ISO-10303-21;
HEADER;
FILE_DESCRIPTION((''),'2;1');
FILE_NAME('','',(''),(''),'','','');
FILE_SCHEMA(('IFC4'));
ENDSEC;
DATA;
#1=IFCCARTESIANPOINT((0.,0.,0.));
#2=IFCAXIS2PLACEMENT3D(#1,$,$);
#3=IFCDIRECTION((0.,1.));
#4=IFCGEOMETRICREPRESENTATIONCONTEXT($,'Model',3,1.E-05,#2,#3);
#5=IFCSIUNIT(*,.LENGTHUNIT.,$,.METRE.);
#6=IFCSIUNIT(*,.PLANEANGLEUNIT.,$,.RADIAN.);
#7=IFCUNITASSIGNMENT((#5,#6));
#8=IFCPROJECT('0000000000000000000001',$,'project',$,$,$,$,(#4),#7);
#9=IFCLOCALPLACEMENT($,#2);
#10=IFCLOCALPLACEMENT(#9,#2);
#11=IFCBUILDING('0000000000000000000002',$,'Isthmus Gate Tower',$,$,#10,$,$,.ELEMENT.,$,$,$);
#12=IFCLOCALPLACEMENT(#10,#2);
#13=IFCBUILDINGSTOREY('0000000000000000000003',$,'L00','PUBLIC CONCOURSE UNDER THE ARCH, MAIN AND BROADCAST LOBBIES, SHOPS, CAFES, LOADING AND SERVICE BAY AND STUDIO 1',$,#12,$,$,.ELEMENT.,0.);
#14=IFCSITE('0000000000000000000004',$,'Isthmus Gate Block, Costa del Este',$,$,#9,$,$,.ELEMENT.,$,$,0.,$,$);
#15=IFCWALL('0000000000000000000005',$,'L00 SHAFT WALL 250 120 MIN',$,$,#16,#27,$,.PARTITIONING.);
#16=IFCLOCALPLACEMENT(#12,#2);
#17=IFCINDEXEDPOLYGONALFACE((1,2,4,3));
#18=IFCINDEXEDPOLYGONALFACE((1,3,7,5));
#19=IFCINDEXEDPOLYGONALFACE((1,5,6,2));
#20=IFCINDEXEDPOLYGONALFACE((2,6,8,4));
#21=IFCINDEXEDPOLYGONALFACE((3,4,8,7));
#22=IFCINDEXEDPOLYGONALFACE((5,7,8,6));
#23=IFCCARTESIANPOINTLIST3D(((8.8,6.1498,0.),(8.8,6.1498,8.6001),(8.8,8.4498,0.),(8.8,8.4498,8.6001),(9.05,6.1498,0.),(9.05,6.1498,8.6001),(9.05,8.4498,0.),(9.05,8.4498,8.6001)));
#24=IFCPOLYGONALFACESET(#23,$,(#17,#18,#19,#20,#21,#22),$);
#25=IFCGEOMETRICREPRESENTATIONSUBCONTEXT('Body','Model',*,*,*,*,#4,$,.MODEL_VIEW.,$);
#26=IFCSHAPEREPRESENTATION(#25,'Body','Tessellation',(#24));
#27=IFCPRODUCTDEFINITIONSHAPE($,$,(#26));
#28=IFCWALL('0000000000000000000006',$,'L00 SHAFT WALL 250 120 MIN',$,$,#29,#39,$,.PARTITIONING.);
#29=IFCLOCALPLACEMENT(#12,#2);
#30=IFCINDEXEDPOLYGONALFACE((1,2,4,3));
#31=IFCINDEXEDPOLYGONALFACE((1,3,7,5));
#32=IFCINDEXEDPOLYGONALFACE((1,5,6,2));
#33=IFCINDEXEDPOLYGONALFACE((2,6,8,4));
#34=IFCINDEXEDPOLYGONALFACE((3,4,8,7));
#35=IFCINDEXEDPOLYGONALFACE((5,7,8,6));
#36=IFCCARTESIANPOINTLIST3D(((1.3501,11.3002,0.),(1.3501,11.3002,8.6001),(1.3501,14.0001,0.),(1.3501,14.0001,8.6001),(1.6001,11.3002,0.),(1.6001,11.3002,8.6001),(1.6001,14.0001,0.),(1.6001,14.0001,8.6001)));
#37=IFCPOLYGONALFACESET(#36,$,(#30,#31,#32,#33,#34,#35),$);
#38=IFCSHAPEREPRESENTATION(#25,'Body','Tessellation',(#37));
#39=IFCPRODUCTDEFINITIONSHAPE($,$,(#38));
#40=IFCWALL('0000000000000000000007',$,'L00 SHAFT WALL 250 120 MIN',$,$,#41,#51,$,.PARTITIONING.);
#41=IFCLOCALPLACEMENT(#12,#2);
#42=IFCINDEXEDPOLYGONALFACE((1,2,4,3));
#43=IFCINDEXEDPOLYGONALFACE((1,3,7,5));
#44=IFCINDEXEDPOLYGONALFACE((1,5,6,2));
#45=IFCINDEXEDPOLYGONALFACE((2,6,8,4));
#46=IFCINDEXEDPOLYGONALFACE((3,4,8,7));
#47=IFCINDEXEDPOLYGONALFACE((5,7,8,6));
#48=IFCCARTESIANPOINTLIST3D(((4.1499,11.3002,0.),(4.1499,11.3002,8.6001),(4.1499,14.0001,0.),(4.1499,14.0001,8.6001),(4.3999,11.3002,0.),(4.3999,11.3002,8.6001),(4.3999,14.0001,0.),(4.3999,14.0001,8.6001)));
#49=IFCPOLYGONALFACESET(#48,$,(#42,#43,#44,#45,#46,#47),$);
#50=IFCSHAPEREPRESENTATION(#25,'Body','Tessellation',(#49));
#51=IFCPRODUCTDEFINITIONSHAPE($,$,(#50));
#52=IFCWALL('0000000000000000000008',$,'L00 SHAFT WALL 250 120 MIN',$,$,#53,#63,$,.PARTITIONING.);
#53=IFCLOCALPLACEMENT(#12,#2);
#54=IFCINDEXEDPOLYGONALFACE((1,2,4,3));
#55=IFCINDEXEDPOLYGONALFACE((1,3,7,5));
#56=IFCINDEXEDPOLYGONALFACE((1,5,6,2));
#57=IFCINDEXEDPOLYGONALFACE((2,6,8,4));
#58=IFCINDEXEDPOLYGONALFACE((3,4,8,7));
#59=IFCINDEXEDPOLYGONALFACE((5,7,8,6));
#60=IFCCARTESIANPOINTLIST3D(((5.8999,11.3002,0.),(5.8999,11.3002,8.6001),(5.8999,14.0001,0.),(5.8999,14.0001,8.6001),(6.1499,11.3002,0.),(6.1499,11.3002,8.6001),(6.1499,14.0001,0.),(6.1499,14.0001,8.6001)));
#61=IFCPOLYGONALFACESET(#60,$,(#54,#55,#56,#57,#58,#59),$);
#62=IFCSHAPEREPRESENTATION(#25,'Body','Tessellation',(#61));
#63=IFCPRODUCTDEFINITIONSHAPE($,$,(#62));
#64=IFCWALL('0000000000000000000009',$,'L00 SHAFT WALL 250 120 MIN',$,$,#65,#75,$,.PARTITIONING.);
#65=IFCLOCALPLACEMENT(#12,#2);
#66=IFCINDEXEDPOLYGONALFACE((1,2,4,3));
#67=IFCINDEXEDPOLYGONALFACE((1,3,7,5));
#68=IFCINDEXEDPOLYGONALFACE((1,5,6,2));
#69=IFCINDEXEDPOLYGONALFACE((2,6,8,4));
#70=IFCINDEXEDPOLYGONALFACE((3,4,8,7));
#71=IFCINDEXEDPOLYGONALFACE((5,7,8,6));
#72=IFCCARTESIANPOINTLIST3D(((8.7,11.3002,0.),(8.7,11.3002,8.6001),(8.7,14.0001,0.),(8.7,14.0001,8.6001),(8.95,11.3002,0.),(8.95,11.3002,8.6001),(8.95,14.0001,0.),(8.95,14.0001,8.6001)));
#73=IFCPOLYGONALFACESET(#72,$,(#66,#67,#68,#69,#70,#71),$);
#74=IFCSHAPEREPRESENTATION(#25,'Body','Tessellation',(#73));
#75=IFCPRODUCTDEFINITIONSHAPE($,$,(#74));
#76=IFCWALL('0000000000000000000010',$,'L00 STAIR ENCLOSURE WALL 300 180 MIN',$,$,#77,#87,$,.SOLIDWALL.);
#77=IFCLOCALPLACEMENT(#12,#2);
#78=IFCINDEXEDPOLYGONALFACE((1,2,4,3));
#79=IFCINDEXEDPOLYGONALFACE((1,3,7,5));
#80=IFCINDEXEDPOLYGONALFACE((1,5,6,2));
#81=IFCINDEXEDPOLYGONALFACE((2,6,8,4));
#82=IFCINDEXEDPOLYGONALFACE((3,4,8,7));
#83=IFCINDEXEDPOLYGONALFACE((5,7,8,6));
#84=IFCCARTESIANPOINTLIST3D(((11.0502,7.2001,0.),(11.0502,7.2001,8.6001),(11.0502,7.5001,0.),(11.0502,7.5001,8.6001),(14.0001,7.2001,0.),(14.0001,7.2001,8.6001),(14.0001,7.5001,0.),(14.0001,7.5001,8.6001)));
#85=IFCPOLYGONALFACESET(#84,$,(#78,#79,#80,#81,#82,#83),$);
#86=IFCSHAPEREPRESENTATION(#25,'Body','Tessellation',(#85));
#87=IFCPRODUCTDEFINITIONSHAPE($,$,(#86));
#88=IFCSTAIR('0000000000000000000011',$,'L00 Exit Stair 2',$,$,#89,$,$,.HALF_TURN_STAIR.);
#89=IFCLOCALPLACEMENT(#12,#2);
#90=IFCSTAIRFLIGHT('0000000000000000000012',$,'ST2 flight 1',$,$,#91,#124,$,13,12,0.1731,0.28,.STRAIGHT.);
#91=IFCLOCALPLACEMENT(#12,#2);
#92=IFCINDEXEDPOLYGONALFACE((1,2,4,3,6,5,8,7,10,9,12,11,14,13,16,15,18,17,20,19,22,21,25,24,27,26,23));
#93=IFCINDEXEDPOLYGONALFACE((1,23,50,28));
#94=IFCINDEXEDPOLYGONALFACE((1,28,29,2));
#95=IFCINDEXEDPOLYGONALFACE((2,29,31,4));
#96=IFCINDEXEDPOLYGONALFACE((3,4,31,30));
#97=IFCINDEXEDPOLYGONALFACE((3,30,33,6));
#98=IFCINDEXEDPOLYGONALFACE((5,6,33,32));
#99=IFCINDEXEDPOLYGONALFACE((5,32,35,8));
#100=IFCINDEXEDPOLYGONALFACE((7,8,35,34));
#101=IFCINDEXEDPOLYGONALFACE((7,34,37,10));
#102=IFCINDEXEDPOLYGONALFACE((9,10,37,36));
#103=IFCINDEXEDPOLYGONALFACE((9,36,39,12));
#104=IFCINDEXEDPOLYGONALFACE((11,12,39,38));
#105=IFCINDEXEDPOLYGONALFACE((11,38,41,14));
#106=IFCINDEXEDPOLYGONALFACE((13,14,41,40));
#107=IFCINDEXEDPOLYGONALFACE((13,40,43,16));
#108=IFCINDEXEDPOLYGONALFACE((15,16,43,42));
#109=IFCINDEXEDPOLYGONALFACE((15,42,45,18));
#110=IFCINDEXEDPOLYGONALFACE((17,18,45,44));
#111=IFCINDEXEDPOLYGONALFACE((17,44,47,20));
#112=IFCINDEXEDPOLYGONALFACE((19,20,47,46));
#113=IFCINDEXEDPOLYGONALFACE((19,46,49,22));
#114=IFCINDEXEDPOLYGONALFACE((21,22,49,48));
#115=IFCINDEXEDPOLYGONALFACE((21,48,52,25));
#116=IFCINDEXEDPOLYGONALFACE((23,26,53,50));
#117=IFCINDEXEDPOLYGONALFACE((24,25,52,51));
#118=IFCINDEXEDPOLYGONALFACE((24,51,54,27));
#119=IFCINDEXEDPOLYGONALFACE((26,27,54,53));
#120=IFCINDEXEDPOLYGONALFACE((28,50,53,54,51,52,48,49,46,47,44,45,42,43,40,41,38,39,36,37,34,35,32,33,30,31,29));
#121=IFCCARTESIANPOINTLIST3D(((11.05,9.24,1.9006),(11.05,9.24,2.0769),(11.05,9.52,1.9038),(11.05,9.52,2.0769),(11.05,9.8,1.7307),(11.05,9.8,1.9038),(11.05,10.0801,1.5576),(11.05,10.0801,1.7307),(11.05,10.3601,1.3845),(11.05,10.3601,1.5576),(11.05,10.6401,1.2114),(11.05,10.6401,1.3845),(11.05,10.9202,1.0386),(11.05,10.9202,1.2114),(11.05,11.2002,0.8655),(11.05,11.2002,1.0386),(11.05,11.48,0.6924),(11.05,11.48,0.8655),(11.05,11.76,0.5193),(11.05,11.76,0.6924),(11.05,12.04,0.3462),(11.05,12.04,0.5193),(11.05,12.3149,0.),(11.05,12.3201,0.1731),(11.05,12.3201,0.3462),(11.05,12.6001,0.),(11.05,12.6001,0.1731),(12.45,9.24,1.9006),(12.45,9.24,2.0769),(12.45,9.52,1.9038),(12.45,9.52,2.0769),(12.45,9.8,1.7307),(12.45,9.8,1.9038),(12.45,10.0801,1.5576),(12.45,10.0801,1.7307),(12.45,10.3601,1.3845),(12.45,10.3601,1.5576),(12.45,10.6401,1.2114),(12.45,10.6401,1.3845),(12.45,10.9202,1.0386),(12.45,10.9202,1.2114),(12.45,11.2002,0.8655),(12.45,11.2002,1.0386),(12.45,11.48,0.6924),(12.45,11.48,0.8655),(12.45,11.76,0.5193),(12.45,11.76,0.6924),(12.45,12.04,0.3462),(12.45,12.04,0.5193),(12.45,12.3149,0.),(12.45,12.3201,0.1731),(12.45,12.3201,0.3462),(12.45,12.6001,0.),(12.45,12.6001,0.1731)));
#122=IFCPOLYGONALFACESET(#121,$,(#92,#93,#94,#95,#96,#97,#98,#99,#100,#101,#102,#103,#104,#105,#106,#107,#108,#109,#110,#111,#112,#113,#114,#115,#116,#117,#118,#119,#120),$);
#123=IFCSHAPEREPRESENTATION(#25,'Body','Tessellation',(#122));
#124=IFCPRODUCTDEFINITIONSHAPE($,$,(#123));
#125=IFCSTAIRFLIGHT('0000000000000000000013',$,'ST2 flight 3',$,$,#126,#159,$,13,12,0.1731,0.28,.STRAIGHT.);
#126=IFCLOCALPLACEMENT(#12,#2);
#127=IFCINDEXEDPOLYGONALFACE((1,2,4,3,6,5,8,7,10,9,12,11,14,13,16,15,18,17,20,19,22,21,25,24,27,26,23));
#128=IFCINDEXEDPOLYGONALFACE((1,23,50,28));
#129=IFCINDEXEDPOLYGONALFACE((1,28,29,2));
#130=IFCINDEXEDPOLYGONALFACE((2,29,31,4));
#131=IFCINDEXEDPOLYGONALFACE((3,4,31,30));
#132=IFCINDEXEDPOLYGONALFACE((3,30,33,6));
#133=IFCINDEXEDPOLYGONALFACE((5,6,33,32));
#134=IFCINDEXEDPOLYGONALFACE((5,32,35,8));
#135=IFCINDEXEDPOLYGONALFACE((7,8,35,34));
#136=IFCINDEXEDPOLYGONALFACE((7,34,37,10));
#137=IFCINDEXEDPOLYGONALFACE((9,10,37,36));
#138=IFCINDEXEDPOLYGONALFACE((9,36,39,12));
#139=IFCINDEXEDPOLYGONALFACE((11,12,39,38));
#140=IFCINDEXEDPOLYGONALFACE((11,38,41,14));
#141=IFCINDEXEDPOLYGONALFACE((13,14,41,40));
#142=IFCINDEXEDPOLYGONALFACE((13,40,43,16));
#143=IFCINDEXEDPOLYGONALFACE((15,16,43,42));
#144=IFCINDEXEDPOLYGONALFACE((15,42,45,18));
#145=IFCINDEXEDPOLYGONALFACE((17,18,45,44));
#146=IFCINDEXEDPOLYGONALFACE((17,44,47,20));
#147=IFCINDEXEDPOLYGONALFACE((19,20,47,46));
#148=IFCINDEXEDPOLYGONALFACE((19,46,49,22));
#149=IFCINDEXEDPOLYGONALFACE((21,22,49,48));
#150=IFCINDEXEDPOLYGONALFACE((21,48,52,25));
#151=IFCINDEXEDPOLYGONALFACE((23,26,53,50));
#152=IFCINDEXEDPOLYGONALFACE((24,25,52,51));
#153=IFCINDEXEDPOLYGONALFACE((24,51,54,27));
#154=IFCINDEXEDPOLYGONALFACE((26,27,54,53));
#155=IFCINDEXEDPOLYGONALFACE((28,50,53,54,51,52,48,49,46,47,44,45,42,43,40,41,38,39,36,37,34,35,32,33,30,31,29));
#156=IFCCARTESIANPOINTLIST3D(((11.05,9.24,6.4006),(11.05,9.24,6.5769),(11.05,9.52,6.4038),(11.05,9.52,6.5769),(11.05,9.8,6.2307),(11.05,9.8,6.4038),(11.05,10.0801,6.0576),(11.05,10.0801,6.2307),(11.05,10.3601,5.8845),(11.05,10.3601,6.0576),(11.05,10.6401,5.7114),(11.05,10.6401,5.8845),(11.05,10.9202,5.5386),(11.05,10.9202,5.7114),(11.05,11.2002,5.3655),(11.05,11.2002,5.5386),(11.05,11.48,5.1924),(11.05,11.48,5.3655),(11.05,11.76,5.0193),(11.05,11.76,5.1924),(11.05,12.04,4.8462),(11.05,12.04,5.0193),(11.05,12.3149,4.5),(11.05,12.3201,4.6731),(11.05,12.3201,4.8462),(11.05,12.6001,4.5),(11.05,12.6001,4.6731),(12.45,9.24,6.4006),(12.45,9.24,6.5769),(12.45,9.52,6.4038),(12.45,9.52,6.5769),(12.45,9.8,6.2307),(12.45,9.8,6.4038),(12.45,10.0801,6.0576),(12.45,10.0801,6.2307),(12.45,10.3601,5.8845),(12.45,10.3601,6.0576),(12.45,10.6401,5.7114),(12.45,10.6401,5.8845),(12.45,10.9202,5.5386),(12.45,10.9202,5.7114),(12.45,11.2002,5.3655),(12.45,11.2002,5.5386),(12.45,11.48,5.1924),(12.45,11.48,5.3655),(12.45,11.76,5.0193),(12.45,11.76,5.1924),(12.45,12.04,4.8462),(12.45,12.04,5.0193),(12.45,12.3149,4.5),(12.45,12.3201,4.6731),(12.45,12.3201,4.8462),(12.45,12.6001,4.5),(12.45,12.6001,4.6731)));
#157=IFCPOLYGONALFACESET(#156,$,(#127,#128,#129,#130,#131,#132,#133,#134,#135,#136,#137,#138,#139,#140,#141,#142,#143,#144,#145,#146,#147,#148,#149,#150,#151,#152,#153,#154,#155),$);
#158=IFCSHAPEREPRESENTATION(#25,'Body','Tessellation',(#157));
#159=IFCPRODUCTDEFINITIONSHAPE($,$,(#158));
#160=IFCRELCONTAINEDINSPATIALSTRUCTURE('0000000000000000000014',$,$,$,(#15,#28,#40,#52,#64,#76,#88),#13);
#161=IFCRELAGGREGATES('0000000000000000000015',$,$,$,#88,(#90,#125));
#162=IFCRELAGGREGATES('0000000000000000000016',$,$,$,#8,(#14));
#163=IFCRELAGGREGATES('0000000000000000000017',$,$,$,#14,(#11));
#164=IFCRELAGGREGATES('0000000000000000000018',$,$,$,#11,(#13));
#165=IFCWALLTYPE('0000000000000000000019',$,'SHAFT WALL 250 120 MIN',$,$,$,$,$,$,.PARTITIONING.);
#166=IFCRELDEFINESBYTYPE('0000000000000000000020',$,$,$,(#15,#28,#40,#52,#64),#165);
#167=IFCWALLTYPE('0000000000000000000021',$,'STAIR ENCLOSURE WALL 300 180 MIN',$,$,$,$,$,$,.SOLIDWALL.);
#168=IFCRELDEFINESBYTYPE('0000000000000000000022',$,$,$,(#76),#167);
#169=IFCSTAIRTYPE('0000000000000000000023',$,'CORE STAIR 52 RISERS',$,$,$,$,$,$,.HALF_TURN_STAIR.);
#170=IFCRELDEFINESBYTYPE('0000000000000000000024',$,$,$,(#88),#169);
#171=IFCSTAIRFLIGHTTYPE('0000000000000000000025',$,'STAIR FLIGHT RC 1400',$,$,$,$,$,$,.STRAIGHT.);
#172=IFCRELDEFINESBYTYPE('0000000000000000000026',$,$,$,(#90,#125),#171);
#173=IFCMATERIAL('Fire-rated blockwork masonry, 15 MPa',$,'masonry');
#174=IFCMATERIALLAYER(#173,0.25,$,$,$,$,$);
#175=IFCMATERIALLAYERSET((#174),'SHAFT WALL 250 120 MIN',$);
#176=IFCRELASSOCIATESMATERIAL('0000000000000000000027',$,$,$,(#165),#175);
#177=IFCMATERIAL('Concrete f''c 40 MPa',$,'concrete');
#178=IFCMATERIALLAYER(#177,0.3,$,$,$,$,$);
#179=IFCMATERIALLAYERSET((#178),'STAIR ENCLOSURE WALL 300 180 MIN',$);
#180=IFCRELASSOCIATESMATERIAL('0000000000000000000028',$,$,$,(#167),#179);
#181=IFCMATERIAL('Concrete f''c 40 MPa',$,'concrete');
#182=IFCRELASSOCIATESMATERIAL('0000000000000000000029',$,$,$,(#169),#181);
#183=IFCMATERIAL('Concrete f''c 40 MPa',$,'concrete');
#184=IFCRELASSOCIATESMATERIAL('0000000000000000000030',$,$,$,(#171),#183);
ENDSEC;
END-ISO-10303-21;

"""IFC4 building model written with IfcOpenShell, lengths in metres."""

from ifc_helpers import new_model, si_unit, direction, frame, frame_2d, origin, place, context, subcontext, project, spatial, polyline, rectangle, outline, extrude, material, layer, layer_set, type_object, element, aggregate, save


model = new_model("IFC4")

# Units and contexts
model_context = context("Model", 3, precision=1e-05, world=origin(), true_north=direction((0.0, 1.0)))
body_context = subcontext(model_context, "Body", "Model", "MODEL_VIEW")
ifc_project = project(units=[si_unit("LENGTHUNIT", "METRE"), si_unit("PLANEANGLEUNIT", "RADIAN")], contexts=[model_context])

# Site, building, storey
site_placement = place(None, origin())
site = spatial("IfcSite", under=ifc_project, at=site_placement, Name="Isthmus Gate Block, Costa del Este", CompositionType="ELEMENT", RefElevation=0.0)
building_placement = place(site_placement, origin())
building = spatial("IfcBuilding", under=site, at=building_placement, Name="Isthmus Gate Tower", CompositionType="ELEMENT")
storey_placement = place(building_placement, origin())
storey = spatial("IfcBuildingStorey", under=building, at=storey_placement, Name="L00", Description="PUBLIC CONCOURSE UNDER THE ARCH, MAIN AND BROADCAST LOBBIES, SHOPS, CAFES, LOADING AND SERVICE BAY AND STUDIO 1", CompositionType="ELEMENT", Elevation=0.0)

# Walls
ifc_material_1 = material(Name="Fire-rated blockwork masonry, 15 MPa", Category="masonry")
ifc_layer_1 = layer(ifc_material_1, 0.25)
ifc_layer_set_1 = layer_set([ifc_layer_1], Name="SHAFT WALL 250 120 MIN")
wall_type_1 = type_object("IfcWallType", Name="SHAFT WALL 250 120 MIN", PredefinedType="PARTITIONING", material=ifc_layer_set_1)
wall_1_placement = place(storey_placement, frame((8.925, 6.1499, 0.0), z_axis=(0.0, 0.0, 1.0), x_axis=(0.0, 1.0, 0.0)))
element("IfcWall", 1, at=wall_1_placement, inside=storey, type_object=wall_type_1, Name="L00 SHAFT WALL 250 120 MIN", PredefinedType="PARTITIONING", context=body_context, shape_type="SweptSolid", body=[
    extrude(rectangle(XDim=2.3, YDim=0.25, at=frame_2d((1.1499, 0.0))), origin(), (0.0, 0.0, 1.0), 8.6001),
])
for number, where, z_axis, x_axis, name in (
    (2, (1.4751, 11.3, 0.0), (0.0, 0.0, 1.0), (0.0, 1.0, 0.0), "L00 SHAFT WALL 250 120 MIN"),
    (3, (4.2749, 11.3, 0.0), (0.0, 0.0, 1.0), (0.0, 1.0, 0.0), "L00 SHAFT WALL 250 120 MIN"),
    (4, (6.0249, 11.3, 0.0), (0.0, 0.0, 1.0), (0.0, 1.0, 0.0), "L00 SHAFT WALL 250 120 MIN"),
    (5, (8.825, 11.3, 0.0), (0.0, 0.0, 1.0), (0.0, 1.0, 0.0), "L00 SHAFT WALL 250 120 MIN"),
):
    element("IfcWall", number, at=place(storey_placement, frame(where, z_axis=z_axis, x_axis=x_axis)), inside=storey, type_object=wall_type_1, Name=name, PredefinedType="PARTITIONING", context=body_context, shape_type="SweptSolid", body=[
        extrude(rectangle(XDim=2.7, YDim=0.25, at=frame_2d((1.3501, 0.0))), origin(), (0.0, 0.0, 1.0), 8.6001),
    ])
ifc_material_2 = material(Name="Concrete f'c 40 MPa", Category="concrete")
ifc_layer_2 = layer(ifc_material_2, 0.3)
ifc_layer_set_2 = layer_set([ifc_layer_2], Name="STAIR ENCLOSURE WALL 300 180 MIN")
wall_type_2 = type_object("IfcWallType", Name="STAIR ENCLOSURE WALL 300 180 MIN", PredefinedType="SOLIDWALL", material=ifc_layer_set_2)
wall_2_placement = place(storey_placement, frame((11.05, 7.3501, 0.0), z_axis=(0.0, 0.0, 1.0), x_axis=(1.0, 0.0, 0.0)))
element("IfcWall", 6, at=wall_2_placement, inside=storey, type_object=wall_type_2, Name="L00 STAIR ENCLOSURE WALL 300 180 MIN", PredefinedType="SOLIDWALL", context=body_context, shape_type="SweptSolid", body=[
    extrude(rectangle(XDim=2.95, YDim=0.3, at=frame_2d((1.4751, 0.0))), origin(), (0.0, 0.0, 1.0), 8.6001),
])

# Stair, stair flights
ifc_material_3 = material(Name="Concrete f'c 40 MPa", Category="concrete")
stair_type = type_object("IfcStairType", Name="CORE STAIR 52 RISERS", PredefinedType="HALF_TURN_STAIR", material=ifc_material_3)
stair_1_placement = place(storey_placement, origin())
stair_1 = element("IfcStair", 7, at=stair_1_placement, inside=storey, type_object=stair_type, Name="L00 Exit Stair 2", PredefinedType="HALF_TURN_STAIR")
ifc_material_4 = material(Name="Concrete f'c 40 MPa", Category="concrete")
stair_flight_type = type_object("IfcStairFlightType", Name="STAIR FLIGHT RC 1400", PredefinedType="STRAIGHT", material=ifc_material_4)
stair_flight_1_placement = place(storey_placement, frame((11.75, 12.6001, 0.0), z_axis=(0.0, 0.0, 1.0), x_axis=(0.0, -1.0, 0.0)))
stair_flight_1 = element("IfcStairFlight", 8, at=stair_flight_1_placement, type_object=stair_flight_type, Name="ST2 flight 1", NumberOfRisers=13, NumberOfTreads=12, PredefinedType="STRAIGHT", RiserHeight=0.1731, TreadLength=0.28, context=body_context, shape_type="SweptSolid", body=[
    extrude(outline(polyline([(0.0, 0.0), (0.0, 0.1731), (0.28, 0.1731), (0.28, 0.3462), (0.5601, 0.3462), (0.5601, 0.5193), (0.8401, 0.5193), (0.8401, 0.6924), (1.1201, 0.6924), (1.1201, 0.8655), (1.3999, 0.8655), (1.3999, 1.0386), (1.6799, 1.0386), (1.6799, 1.2114), (1.96, 1.2114), (1.96, 1.3845), (2.24, 1.3845), (2.24, 1.5576), (2.52, 1.5576), (2.52, 1.7307), (2.8, 1.7307), (2.8, 1.9038), (3.0801, 1.9038), (3.0801, 2.0769), (3.3601, 2.0769), (3.3601, 2.25), (3.3601, 1.9006), (0.2852, 0.0), (0.0, 0.0)])), frame((0.0, 0.7, 0.0), z_axis=(0.0, -1.0, 0.0), x_axis=(1.0, 0.0, 0.0)), (0.0, 0.0, 1.0), 1.3999),
])
stair_flight_2_placement = place(storey_placement, frame((11.75, 12.6001, 4.5), z_axis=(0.0, 0.0, 1.0), x_axis=(0.0, -1.0, 0.0)))
stair_flight_2 = element("IfcStairFlight", 9, at=stair_flight_2_placement, type_object=stair_flight_type, Name="ST2 flight 3", NumberOfRisers=13, NumberOfTreads=12, PredefinedType="STRAIGHT", RiserHeight=0.1731, TreadLength=0.28, context=body_context, shape_type="SweptSolid", body=[
    extrude(outline(polyline([(0.0, 0.0), (0.0, 0.1731), (0.28, 0.1731), (0.28, 0.3462), (0.5601, 0.3462), (0.5601, 0.5193), (0.8401, 0.5193), (0.8401, 0.6924), (1.1201, 0.6924), (1.1201, 0.8655), (1.3999, 0.8655), (1.3999, 1.0386), (1.6799, 1.0386), (1.6799, 1.2114), (1.96, 1.2114), (1.96, 1.3845), (2.24, 1.3845), (2.24, 1.5576), (2.52, 1.5576), (2.52, 1.7307), (2.8, 1.7307), (2.8, 1.9038), (3.0801, 1.9038), (3.0801, 2.0769), (3.3601, 2.0769), (3.3601, 2.25), (3.3601, 1.9006), (0.2852, 0.0), (0.0, 0.0)])), frame((0.0, 0.7, 0.0), z_axis=(0.0, -1.0, 0.0), x_axis=(1.0, 0.0, 0.0)), (0.0, 0.0, 1.0), 1.3999),
])
aggregate(stair_1, [stair_flight_1, stair_flight_2])

save(model, "model.ifc")
